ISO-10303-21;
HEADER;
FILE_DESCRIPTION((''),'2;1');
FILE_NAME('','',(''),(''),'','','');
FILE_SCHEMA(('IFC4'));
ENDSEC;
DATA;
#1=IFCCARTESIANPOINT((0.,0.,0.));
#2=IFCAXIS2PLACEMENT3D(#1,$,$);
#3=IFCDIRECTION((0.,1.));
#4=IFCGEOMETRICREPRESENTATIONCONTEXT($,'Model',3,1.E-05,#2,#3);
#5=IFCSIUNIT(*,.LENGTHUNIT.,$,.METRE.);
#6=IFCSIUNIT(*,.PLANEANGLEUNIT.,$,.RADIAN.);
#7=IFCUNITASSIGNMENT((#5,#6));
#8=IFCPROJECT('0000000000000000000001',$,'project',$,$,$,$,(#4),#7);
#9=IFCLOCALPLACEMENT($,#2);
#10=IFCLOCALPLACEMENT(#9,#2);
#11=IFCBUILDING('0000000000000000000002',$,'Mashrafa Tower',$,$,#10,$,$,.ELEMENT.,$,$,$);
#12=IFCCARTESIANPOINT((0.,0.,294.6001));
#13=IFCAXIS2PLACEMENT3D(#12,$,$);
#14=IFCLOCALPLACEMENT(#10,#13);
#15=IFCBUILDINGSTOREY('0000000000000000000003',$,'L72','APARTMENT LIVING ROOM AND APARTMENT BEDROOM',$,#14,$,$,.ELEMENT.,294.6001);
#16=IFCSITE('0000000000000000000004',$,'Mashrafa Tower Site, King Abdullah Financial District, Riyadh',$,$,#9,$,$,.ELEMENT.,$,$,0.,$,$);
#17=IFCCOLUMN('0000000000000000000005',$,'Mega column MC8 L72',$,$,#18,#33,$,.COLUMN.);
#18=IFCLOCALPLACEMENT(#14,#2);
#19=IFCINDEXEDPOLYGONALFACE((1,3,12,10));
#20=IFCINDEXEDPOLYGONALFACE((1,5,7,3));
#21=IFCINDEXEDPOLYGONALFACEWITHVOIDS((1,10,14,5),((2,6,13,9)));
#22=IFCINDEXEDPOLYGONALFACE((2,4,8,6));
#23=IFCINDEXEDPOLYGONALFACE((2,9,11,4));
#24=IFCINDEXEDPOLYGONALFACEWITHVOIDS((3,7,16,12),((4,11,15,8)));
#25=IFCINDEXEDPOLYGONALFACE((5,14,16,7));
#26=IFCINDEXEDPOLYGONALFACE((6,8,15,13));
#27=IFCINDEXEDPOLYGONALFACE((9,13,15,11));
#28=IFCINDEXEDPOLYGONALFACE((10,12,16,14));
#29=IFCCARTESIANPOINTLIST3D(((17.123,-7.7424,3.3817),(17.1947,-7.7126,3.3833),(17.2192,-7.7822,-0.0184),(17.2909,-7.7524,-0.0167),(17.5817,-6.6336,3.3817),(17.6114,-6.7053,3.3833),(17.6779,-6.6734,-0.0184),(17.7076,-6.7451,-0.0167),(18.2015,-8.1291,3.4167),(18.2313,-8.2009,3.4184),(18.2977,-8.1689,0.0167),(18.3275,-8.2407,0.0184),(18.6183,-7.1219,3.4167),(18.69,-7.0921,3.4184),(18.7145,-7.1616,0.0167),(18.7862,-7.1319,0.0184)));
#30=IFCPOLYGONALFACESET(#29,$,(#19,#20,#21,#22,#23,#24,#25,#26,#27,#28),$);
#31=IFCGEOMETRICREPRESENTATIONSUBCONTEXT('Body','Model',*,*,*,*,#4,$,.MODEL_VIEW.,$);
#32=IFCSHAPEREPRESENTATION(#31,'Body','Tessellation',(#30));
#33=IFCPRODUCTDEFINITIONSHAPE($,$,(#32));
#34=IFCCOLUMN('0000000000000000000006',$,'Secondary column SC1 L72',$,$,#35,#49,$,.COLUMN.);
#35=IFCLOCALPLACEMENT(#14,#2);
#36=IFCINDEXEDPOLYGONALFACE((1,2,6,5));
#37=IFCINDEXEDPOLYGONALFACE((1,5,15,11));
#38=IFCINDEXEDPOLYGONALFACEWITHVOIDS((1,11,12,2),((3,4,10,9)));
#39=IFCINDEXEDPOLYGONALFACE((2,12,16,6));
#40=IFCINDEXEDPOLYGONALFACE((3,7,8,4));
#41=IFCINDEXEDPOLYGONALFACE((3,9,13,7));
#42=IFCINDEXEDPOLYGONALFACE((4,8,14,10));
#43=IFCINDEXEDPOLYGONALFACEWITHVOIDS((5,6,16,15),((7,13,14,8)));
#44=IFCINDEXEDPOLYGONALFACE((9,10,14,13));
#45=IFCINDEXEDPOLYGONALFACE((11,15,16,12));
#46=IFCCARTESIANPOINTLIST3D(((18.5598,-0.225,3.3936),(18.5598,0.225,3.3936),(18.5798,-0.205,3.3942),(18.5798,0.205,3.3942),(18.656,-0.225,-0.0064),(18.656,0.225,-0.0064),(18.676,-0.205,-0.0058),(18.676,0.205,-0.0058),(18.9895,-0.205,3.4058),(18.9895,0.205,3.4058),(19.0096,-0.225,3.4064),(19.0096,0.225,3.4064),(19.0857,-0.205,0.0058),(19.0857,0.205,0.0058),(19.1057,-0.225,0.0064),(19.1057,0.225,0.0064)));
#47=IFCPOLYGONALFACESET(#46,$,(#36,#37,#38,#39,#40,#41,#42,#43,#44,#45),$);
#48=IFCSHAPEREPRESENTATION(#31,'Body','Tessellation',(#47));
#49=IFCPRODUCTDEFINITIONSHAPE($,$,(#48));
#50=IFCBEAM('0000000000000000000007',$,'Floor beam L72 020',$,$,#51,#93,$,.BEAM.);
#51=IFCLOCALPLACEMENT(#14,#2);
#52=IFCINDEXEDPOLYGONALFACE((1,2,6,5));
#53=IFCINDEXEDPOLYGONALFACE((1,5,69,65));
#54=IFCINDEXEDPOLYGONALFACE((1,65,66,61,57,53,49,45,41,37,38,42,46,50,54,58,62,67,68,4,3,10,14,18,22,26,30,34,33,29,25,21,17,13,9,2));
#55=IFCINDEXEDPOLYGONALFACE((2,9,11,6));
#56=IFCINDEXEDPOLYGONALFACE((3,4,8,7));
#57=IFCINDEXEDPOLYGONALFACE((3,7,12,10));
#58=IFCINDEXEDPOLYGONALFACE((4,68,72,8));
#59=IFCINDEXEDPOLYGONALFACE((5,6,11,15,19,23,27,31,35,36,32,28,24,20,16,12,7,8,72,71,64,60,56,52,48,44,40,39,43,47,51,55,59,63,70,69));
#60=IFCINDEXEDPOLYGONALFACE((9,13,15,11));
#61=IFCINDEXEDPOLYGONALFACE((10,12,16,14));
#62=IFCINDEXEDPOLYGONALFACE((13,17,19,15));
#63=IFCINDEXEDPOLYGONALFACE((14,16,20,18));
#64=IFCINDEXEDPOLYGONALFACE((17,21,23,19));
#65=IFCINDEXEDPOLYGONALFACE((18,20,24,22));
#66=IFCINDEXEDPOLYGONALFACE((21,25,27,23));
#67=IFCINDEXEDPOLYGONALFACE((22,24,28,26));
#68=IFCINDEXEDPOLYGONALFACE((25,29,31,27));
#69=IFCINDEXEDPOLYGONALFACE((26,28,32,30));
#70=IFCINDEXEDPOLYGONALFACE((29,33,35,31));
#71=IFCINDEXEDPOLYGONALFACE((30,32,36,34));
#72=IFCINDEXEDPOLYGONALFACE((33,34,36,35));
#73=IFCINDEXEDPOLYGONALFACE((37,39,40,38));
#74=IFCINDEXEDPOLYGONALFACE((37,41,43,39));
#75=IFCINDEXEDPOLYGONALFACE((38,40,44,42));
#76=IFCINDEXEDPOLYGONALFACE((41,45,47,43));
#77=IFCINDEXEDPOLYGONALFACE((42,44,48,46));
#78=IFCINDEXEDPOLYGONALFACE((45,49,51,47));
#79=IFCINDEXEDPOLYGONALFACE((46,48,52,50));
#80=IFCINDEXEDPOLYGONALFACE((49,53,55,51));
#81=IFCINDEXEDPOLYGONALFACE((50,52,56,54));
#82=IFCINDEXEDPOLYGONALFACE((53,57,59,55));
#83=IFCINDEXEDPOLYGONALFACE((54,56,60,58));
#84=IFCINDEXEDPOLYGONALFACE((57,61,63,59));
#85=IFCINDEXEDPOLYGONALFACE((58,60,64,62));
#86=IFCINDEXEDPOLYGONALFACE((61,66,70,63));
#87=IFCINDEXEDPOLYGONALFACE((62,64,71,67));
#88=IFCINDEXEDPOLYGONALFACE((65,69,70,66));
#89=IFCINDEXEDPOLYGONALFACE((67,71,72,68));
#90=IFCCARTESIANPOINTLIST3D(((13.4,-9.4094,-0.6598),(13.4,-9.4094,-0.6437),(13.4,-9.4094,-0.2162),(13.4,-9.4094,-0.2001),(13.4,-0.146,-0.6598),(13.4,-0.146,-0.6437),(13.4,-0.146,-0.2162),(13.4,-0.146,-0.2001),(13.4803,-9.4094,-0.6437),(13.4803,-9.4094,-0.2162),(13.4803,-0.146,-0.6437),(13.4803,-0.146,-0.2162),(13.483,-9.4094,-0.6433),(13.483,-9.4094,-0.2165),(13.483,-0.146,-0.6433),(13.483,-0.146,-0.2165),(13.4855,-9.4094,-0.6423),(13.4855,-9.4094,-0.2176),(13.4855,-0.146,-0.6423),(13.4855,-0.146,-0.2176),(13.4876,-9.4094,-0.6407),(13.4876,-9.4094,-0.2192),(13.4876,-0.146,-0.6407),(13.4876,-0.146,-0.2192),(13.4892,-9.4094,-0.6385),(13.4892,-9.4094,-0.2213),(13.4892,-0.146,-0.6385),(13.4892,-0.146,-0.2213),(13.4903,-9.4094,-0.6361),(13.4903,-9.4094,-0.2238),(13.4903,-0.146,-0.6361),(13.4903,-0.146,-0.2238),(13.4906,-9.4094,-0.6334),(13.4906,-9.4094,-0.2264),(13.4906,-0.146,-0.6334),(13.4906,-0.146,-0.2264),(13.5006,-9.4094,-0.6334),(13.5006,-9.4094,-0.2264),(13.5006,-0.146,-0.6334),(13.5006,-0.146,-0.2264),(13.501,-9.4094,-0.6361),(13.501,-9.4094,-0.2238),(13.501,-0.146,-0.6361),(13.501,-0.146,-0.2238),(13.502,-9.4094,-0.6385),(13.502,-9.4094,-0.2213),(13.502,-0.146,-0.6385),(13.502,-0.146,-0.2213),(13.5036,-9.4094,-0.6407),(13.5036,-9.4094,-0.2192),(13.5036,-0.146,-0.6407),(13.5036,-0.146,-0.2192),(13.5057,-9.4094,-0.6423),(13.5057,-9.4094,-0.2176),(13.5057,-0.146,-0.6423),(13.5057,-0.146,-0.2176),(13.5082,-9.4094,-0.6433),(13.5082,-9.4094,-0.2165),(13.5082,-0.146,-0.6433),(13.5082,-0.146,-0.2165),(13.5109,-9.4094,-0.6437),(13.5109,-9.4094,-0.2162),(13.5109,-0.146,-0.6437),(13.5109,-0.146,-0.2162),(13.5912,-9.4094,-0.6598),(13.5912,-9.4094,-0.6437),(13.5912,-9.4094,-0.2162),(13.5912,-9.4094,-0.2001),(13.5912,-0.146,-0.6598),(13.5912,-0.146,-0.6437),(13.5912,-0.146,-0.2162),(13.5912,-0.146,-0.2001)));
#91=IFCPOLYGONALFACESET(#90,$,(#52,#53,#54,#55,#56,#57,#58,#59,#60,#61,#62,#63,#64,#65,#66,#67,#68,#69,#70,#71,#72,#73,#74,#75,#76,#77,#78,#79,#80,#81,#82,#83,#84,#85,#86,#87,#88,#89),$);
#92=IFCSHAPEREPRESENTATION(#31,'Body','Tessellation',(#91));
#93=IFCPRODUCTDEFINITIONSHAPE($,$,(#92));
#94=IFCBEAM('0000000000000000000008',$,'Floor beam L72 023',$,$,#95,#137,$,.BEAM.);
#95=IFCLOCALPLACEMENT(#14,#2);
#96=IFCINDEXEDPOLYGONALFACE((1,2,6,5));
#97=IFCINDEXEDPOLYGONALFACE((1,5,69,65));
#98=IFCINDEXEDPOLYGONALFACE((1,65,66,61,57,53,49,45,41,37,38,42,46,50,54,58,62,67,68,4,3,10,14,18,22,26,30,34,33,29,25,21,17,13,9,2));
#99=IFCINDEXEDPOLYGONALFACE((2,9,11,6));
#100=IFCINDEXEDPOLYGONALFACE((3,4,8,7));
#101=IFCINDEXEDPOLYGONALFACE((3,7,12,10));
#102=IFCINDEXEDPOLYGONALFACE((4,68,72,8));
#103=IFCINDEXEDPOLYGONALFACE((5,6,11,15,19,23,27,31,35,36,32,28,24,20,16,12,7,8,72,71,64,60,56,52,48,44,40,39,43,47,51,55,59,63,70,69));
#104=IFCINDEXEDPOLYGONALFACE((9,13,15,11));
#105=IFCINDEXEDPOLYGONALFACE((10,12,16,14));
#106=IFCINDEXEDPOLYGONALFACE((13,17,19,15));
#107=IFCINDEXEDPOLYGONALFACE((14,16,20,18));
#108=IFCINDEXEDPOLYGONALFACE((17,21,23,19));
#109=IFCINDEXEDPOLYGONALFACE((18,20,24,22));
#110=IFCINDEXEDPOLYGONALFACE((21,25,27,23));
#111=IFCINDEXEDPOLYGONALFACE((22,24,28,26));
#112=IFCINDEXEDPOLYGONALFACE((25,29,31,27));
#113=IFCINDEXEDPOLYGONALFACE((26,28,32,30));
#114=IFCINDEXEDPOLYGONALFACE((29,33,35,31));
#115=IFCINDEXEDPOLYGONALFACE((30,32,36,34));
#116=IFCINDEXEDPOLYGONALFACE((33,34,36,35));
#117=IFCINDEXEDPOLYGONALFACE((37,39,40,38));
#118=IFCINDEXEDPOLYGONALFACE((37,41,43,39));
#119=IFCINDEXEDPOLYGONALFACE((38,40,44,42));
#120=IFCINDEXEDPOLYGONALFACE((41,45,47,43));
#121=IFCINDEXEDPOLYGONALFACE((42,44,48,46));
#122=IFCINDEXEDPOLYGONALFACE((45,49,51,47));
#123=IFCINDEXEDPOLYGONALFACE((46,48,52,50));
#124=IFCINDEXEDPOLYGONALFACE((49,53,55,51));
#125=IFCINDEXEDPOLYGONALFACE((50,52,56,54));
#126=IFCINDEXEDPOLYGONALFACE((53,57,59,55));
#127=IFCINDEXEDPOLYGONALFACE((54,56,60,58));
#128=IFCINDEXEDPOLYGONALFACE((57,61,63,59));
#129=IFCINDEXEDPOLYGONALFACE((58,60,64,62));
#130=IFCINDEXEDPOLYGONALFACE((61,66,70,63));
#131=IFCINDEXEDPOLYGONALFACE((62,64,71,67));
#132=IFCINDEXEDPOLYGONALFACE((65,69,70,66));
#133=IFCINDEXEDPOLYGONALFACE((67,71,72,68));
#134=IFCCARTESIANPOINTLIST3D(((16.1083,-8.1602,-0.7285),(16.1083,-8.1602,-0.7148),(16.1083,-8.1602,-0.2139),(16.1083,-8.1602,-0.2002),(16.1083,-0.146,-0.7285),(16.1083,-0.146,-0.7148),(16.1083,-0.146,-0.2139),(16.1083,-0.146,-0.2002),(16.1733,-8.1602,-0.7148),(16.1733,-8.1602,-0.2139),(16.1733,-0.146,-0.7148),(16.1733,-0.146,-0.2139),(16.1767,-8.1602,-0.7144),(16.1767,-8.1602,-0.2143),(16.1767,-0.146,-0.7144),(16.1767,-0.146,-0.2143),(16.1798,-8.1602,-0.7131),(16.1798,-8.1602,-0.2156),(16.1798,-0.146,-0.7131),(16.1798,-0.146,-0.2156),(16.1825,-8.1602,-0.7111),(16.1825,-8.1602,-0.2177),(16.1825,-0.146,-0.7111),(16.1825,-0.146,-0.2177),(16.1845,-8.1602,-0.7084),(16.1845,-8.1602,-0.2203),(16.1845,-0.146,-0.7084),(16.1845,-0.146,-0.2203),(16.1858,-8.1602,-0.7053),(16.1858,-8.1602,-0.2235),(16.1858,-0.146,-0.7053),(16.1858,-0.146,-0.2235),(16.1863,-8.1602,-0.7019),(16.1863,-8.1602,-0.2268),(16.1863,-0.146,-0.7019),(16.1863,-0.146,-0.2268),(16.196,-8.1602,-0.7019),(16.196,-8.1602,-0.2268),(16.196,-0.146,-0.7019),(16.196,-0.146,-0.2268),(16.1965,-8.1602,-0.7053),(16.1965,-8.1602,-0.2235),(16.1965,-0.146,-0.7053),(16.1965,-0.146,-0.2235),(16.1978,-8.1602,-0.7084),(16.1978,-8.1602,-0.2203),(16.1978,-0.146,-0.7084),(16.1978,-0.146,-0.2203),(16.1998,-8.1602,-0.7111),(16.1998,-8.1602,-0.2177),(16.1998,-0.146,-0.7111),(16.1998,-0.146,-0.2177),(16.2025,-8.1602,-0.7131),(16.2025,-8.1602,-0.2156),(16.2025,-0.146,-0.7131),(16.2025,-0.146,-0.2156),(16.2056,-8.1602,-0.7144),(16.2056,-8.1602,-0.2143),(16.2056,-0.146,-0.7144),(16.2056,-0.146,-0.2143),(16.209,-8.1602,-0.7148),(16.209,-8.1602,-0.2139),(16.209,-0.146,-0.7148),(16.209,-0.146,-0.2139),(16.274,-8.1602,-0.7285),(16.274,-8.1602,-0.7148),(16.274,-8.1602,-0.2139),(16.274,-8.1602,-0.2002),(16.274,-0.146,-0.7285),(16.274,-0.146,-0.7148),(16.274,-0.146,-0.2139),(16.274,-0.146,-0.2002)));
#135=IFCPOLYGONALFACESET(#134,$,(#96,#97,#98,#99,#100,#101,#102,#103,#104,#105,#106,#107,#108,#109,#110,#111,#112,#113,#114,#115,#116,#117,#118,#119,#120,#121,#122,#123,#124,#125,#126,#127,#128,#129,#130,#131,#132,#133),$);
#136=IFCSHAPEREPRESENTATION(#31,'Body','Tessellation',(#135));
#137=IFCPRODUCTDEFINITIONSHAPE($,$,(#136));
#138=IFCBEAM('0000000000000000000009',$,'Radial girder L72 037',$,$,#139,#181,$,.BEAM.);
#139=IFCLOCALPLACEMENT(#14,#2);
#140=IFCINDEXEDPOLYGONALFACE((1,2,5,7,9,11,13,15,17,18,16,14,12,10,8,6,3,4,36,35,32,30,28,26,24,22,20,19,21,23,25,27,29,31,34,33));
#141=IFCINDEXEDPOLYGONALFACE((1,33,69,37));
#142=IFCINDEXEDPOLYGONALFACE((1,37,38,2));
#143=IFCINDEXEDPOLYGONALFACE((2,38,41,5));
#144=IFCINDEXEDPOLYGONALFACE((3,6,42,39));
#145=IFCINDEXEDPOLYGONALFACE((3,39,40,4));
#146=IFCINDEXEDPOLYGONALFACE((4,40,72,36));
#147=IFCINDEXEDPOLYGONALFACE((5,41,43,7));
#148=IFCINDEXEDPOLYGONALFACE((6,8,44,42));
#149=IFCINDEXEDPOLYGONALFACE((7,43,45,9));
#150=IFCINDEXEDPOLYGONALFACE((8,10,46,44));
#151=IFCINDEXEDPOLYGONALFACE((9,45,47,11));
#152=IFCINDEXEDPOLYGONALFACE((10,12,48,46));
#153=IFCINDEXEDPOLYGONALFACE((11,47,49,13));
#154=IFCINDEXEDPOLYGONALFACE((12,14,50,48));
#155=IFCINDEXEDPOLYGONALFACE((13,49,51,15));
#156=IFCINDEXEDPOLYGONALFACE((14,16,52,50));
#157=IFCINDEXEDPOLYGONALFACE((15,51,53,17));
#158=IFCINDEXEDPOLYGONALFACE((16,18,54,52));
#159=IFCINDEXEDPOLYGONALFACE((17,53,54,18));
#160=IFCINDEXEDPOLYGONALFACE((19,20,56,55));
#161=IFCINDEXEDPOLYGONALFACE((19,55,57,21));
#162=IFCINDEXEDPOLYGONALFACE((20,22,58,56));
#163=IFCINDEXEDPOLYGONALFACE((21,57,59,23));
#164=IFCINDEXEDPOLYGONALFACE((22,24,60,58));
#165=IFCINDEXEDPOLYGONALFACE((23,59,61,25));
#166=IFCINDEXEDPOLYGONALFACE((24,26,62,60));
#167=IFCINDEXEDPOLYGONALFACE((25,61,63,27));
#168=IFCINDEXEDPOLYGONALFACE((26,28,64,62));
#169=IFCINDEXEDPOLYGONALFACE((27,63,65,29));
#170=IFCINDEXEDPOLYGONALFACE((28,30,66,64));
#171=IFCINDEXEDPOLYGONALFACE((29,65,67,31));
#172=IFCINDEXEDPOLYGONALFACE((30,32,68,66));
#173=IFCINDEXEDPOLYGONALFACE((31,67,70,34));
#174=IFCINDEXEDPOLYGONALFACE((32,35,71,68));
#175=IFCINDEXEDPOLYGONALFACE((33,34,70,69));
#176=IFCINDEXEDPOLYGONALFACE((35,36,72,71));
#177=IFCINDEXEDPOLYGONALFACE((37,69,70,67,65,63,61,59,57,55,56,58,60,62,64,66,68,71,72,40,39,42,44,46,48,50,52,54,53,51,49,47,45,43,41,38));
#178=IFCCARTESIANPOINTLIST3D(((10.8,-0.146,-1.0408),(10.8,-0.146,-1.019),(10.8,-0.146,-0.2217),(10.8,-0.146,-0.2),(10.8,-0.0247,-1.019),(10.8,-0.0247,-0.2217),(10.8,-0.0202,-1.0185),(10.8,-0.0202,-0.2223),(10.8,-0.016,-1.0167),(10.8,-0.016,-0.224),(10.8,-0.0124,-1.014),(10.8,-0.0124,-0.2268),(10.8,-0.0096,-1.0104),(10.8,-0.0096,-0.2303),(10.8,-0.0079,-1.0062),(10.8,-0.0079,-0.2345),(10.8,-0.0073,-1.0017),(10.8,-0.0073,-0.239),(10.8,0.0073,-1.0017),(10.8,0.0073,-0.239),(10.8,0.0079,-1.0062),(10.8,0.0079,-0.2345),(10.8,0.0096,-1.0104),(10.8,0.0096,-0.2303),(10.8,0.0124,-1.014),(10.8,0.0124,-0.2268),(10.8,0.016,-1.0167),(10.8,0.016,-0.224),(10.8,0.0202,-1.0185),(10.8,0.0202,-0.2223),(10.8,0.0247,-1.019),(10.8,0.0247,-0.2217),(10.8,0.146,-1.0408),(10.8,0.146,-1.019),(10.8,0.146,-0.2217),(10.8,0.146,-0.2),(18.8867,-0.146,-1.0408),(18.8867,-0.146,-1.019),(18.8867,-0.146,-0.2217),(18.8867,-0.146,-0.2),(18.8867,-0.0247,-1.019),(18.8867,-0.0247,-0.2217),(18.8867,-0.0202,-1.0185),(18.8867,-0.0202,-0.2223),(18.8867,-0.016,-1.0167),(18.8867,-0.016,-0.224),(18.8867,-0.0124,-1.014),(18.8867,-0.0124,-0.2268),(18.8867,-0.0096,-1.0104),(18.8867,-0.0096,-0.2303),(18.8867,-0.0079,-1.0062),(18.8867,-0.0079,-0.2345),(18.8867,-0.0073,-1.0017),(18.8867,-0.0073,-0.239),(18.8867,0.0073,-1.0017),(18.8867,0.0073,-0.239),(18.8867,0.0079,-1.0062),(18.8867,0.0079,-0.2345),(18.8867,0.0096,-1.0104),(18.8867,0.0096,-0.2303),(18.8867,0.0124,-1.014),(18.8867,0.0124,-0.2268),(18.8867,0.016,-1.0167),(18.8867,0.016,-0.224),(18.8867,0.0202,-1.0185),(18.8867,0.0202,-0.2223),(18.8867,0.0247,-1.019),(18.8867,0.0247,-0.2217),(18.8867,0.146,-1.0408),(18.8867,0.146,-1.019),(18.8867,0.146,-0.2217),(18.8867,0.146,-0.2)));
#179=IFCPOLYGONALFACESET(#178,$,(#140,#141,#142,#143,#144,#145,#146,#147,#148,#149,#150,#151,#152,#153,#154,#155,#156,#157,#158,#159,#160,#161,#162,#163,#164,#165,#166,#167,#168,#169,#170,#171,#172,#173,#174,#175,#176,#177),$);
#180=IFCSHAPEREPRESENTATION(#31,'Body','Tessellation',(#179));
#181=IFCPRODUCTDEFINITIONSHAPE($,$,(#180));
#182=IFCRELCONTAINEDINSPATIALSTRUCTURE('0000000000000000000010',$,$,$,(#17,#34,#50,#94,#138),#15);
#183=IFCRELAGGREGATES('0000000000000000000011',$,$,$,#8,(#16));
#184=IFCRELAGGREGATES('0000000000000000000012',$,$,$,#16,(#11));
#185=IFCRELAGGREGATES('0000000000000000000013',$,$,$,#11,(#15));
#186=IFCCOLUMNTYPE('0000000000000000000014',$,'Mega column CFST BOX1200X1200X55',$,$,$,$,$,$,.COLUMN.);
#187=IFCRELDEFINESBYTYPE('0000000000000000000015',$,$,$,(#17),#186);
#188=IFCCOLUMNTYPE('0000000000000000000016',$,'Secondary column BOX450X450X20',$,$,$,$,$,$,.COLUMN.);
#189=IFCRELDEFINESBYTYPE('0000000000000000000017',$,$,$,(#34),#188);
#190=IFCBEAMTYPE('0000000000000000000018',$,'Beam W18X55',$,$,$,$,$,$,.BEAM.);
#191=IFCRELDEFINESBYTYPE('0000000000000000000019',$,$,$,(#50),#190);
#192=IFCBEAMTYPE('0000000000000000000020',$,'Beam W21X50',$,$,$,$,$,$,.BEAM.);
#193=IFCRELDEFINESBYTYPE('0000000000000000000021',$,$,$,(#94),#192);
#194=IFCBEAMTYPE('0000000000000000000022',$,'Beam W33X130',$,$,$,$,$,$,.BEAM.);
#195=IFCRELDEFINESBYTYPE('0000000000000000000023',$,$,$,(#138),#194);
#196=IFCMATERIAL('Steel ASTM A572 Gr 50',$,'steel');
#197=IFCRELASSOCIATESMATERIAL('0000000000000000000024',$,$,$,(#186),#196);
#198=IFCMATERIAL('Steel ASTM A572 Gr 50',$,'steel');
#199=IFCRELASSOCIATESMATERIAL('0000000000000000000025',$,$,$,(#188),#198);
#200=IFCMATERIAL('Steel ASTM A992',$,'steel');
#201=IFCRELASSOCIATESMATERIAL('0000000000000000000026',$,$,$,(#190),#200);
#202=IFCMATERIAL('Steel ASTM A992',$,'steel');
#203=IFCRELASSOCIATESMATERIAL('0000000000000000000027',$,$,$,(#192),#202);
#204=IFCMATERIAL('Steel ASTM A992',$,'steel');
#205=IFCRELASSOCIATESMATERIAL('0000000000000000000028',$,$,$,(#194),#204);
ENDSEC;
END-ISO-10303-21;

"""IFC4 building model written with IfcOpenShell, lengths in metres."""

from ifc_helpers import new_model, si_unit, direction, frame, origin, origin_2d, place, context, subcontext, project, spatial, hollow_rectangle, i_section, extrude, material, material_profile, profile_set, type_object, element, save


model = new_model("IFC4")

# Units and contexts
model_context = context("Model", 3, precision=1e-05, world=origin(), true_north=direction((0.0, 1.0)))
body_context = subcontext(model_context, "Body", "Model", "MODEL_VIEW")
ifc_project = project(units=[si_unit("LENGTHUNIT", "METRE"), si_unit("PLANEANGLEUNIT", "RADIAN")], contexts=[model_context])

# Site, building, storey
site_placement = place(None, origin())
site = spatial("IfcSite", under=ifc_project, at=site_placement, Name="Mashrafa Tower Site, King Abdullah Financial District, Riyadh", CompositionType="ELEMENT", RefElevation=0.0)
building_placement = place(site_placement, origin())
building = spatial("IfcBuilding", under=site, at=building_placement, Name="Mashrafa Tower", CompositionType="ELEMENT")
storey_placement = place(building_placement, frame((0.0, 0.0, 294.6001)))
storey = spatial("IfcBuildingStorey", under=building, at=storey_placement, Name="L72", Description="APARTMENT LIVING ROOM AND APARTMENT BEDROOM", CompositionType="ELEMENT", Elevation=294.6001)

# Columns
ifc_material_1 = material(Name="Steel ASTM A572 Gr 50", Category="steel")
ifc_material_profile_1 = material_profile(ifc_material_1, hollow_rectangle(XDim=1.2, YDim=1.2, WallThickness=0.0549, at=origin_2d()), Name="BOX1200X1200X55")
ifc_profile_set_1 = profile_set([ifc_material_profile_1], Name="Steel ASTM A572 Gr 50")
column_type_1 = type_object("IfcColumnType", Name="Mega column CFST BOX1200X1200X55", PredefinedType="COLUMN", material=ifc_profile_set_1)
column_1_placement = place(storey_placement, frame((18.0027, -7.457, 0.0), z_axis=(-0.028279, 0.011699, 0.999532), x_axis=(-0.382283, -0.924045, 0.0)))
element("IfcColumn", 1, at=column_1_placement, inside=storey, type_object=column_type_1, Name="Mega column MC8 L72", PredefinedType="COLUMN", context=body_context, shape_type="SweptSolid", body=[
    extrude(hollow_rectangle(XDim=1.2, YDim=1.2, WallThickness=0.0549, at=origin_2d()), origin(), (0.0, 0.0, 1.0), 3.4016),
])
ifc_material_2 = material(Name="Steel ASTM A572 Gr 50", Category="steel")
ifc_material_profile_2 = material_profile(ifc_material_2, hollow_rectangle(XDim=0.45, YDim=0.45, WallThickness=0.02, at=origin_2d()), Name="BOX450X450X20")
ifc_profile_set_2 = profile_set([ifc_material_profile_2], Name="Steel ASTM A572 Gr 50")
column_type_2 = type_object("IfcColumnType", Name="Secondary column BOX450X450X20", PredefinedType="COLUMN", material=ifc_profile_set_2)
column_2_placement = place(storey_placement, frame((18.8809, 0.0, 0.0), z_axis=(-0.028281, 0.0, 0.9996), x_axis=(0.0, -1.0, 0.0)))
element("IfcColumn", 2, at=column_2_placement, inside=storey, type_object=column_type_2, Name="Secondary column SC1 L72", PredefinedType="COLUMN", context=body_context, shape_type="SweptSolid", body=[
    extrude(hollow_rectangle(XDim=0.45, YDim=0.45, WallThickness=0.02, at=origin_2d()), origin(), (0.0, 0.0, 1.0), 3.4014),
])

# Beams
ifc_material_3 = material(Name="Steel ASTM A992", Category="steel")
ifc_material_profile_3 = material_profile(ifc_material_3, i_section(OverallWidth=0.1912, OverallDepth=0.4597, WebThickness=0.01, FlangeThickness=0.0161, FilletRadius=0.0103, at=origin_2d()), Name="W18X55")
ifc_profile_set_3 = profile_set([ifc_material_profile_3], Name="Steel ASTM A992")
beam_type_1 = type_object("IfcBeamType", Name="Beam W18X55", PredefinedType="BEAM", material=ifc_profile_set_3)
beam_1_placement = place(storey_placement, frame((13.4956, -0.146, -0.4299), z_axis=(0.0, -1.0, 0.0), x_axis=(1.0, 0.0, 0.0)))
element("IfcBeam", 3, at=beam_1_placement, inside=storey, type_object=beam_type_1, Name="Floor beam L72 020", PredefinedType="BEAM", context=body_context, shape_type="SweptSolid", body=[
    extrude(i_section(OverallWidth=0.1912, OverallDepth=0.4597, WebThickness=0.01, FlangeThickness=0.0161, FilletRadius=0.0103, at=origin_2d()), origin(), (0.0, 0.0, 1.0), 9.2634),
])
ifc_material_4 = material(Name="Steel ASTM A992", Category="steel")
ifc_material_profile_4 = material_profile(ifc_material_4, i_section(OverallWidth=0.1658, OverallDepth=0.5283, WebThickness=0.0098, FlangeThickness=0.0137, FilletRadius=0.0129, at=origin_2d()), Name="W21X50")
ifc_profile_set_4 = profile_set([ifc_material_profile_4], Name="Steel ASTM A992")
beam_type_2 = type_object("IfcBeamType", Name="Beam W21X50", PredefinedType="BEAM", material=ifc_profile_set_4)
beam_2_placement = place(storey_placement, frame((16.1912, -0.146, -0.4644), z_axis=(0.0, -1.0, 0.0), x_axis=(1.0, 0.0, 0.0)))
element("IfcBeam", 4, at=beam_2_placement, inside=storey, type_object=beam_type_2, Name="Floor beam L72 023", PredefinedType="BEAM", context=body_context, shape_type="SweptSolid", body=[
    extrude(i_section(OverallWidth=0.1658, OverallDepth=0.5283, WebThickness=0.0098, FlangeThickness=0.0137, FilletRadius=0.0129, at=origin_2d()), origin(), (0.0, 0.0, 1.0), 8.0142),
])
ifc_material_5 = material(Name="Steel ASTM A992", Category="steel")
ifc_material_profile_5 = material_profile(ifc_material_5, i_section(OverallWidth=0.292, OverallDepth=0.8408, WebThickness=0.0146, FlangeThickness=0.0217, FilletRadius=0.0173, at=origin_2d()), Name="W33X130")
ifc_profile_set_5 = profile_set([ifc_material_profile_5], Name="Steel ASTM A992")
beam_type_3 = type_object("IfcBeamType", Name="Beam W33X130", PredefinedType="BEAM", material=ifc_profile_set_5)
beam_3_placement = place(storey_placement, frame((10.8, 0.0, -0.6204), z_axis=(1.0, 0.0, 0.0), x_axis=(0.0, 1.0, 0.0)))
element("IfcBeam", 5, at=beam_3_placement, inside=storey, type_object=beam_type_3, Name="Radial girder L72 037", PredefinedType="BEAM", context=body_context, shape_type="SweptSolid", body=[
    extrude(i_section(OverallWidth=0.292, OverallDepth=0.8408, WebThickness=0.0146, FlangeThickness=0.0217, FilletRadius=0.0173, at=origin_2d()), origin(), (0.0, 0.0, 1.0), 8.0867),
])

save(model, "model.ifc")
